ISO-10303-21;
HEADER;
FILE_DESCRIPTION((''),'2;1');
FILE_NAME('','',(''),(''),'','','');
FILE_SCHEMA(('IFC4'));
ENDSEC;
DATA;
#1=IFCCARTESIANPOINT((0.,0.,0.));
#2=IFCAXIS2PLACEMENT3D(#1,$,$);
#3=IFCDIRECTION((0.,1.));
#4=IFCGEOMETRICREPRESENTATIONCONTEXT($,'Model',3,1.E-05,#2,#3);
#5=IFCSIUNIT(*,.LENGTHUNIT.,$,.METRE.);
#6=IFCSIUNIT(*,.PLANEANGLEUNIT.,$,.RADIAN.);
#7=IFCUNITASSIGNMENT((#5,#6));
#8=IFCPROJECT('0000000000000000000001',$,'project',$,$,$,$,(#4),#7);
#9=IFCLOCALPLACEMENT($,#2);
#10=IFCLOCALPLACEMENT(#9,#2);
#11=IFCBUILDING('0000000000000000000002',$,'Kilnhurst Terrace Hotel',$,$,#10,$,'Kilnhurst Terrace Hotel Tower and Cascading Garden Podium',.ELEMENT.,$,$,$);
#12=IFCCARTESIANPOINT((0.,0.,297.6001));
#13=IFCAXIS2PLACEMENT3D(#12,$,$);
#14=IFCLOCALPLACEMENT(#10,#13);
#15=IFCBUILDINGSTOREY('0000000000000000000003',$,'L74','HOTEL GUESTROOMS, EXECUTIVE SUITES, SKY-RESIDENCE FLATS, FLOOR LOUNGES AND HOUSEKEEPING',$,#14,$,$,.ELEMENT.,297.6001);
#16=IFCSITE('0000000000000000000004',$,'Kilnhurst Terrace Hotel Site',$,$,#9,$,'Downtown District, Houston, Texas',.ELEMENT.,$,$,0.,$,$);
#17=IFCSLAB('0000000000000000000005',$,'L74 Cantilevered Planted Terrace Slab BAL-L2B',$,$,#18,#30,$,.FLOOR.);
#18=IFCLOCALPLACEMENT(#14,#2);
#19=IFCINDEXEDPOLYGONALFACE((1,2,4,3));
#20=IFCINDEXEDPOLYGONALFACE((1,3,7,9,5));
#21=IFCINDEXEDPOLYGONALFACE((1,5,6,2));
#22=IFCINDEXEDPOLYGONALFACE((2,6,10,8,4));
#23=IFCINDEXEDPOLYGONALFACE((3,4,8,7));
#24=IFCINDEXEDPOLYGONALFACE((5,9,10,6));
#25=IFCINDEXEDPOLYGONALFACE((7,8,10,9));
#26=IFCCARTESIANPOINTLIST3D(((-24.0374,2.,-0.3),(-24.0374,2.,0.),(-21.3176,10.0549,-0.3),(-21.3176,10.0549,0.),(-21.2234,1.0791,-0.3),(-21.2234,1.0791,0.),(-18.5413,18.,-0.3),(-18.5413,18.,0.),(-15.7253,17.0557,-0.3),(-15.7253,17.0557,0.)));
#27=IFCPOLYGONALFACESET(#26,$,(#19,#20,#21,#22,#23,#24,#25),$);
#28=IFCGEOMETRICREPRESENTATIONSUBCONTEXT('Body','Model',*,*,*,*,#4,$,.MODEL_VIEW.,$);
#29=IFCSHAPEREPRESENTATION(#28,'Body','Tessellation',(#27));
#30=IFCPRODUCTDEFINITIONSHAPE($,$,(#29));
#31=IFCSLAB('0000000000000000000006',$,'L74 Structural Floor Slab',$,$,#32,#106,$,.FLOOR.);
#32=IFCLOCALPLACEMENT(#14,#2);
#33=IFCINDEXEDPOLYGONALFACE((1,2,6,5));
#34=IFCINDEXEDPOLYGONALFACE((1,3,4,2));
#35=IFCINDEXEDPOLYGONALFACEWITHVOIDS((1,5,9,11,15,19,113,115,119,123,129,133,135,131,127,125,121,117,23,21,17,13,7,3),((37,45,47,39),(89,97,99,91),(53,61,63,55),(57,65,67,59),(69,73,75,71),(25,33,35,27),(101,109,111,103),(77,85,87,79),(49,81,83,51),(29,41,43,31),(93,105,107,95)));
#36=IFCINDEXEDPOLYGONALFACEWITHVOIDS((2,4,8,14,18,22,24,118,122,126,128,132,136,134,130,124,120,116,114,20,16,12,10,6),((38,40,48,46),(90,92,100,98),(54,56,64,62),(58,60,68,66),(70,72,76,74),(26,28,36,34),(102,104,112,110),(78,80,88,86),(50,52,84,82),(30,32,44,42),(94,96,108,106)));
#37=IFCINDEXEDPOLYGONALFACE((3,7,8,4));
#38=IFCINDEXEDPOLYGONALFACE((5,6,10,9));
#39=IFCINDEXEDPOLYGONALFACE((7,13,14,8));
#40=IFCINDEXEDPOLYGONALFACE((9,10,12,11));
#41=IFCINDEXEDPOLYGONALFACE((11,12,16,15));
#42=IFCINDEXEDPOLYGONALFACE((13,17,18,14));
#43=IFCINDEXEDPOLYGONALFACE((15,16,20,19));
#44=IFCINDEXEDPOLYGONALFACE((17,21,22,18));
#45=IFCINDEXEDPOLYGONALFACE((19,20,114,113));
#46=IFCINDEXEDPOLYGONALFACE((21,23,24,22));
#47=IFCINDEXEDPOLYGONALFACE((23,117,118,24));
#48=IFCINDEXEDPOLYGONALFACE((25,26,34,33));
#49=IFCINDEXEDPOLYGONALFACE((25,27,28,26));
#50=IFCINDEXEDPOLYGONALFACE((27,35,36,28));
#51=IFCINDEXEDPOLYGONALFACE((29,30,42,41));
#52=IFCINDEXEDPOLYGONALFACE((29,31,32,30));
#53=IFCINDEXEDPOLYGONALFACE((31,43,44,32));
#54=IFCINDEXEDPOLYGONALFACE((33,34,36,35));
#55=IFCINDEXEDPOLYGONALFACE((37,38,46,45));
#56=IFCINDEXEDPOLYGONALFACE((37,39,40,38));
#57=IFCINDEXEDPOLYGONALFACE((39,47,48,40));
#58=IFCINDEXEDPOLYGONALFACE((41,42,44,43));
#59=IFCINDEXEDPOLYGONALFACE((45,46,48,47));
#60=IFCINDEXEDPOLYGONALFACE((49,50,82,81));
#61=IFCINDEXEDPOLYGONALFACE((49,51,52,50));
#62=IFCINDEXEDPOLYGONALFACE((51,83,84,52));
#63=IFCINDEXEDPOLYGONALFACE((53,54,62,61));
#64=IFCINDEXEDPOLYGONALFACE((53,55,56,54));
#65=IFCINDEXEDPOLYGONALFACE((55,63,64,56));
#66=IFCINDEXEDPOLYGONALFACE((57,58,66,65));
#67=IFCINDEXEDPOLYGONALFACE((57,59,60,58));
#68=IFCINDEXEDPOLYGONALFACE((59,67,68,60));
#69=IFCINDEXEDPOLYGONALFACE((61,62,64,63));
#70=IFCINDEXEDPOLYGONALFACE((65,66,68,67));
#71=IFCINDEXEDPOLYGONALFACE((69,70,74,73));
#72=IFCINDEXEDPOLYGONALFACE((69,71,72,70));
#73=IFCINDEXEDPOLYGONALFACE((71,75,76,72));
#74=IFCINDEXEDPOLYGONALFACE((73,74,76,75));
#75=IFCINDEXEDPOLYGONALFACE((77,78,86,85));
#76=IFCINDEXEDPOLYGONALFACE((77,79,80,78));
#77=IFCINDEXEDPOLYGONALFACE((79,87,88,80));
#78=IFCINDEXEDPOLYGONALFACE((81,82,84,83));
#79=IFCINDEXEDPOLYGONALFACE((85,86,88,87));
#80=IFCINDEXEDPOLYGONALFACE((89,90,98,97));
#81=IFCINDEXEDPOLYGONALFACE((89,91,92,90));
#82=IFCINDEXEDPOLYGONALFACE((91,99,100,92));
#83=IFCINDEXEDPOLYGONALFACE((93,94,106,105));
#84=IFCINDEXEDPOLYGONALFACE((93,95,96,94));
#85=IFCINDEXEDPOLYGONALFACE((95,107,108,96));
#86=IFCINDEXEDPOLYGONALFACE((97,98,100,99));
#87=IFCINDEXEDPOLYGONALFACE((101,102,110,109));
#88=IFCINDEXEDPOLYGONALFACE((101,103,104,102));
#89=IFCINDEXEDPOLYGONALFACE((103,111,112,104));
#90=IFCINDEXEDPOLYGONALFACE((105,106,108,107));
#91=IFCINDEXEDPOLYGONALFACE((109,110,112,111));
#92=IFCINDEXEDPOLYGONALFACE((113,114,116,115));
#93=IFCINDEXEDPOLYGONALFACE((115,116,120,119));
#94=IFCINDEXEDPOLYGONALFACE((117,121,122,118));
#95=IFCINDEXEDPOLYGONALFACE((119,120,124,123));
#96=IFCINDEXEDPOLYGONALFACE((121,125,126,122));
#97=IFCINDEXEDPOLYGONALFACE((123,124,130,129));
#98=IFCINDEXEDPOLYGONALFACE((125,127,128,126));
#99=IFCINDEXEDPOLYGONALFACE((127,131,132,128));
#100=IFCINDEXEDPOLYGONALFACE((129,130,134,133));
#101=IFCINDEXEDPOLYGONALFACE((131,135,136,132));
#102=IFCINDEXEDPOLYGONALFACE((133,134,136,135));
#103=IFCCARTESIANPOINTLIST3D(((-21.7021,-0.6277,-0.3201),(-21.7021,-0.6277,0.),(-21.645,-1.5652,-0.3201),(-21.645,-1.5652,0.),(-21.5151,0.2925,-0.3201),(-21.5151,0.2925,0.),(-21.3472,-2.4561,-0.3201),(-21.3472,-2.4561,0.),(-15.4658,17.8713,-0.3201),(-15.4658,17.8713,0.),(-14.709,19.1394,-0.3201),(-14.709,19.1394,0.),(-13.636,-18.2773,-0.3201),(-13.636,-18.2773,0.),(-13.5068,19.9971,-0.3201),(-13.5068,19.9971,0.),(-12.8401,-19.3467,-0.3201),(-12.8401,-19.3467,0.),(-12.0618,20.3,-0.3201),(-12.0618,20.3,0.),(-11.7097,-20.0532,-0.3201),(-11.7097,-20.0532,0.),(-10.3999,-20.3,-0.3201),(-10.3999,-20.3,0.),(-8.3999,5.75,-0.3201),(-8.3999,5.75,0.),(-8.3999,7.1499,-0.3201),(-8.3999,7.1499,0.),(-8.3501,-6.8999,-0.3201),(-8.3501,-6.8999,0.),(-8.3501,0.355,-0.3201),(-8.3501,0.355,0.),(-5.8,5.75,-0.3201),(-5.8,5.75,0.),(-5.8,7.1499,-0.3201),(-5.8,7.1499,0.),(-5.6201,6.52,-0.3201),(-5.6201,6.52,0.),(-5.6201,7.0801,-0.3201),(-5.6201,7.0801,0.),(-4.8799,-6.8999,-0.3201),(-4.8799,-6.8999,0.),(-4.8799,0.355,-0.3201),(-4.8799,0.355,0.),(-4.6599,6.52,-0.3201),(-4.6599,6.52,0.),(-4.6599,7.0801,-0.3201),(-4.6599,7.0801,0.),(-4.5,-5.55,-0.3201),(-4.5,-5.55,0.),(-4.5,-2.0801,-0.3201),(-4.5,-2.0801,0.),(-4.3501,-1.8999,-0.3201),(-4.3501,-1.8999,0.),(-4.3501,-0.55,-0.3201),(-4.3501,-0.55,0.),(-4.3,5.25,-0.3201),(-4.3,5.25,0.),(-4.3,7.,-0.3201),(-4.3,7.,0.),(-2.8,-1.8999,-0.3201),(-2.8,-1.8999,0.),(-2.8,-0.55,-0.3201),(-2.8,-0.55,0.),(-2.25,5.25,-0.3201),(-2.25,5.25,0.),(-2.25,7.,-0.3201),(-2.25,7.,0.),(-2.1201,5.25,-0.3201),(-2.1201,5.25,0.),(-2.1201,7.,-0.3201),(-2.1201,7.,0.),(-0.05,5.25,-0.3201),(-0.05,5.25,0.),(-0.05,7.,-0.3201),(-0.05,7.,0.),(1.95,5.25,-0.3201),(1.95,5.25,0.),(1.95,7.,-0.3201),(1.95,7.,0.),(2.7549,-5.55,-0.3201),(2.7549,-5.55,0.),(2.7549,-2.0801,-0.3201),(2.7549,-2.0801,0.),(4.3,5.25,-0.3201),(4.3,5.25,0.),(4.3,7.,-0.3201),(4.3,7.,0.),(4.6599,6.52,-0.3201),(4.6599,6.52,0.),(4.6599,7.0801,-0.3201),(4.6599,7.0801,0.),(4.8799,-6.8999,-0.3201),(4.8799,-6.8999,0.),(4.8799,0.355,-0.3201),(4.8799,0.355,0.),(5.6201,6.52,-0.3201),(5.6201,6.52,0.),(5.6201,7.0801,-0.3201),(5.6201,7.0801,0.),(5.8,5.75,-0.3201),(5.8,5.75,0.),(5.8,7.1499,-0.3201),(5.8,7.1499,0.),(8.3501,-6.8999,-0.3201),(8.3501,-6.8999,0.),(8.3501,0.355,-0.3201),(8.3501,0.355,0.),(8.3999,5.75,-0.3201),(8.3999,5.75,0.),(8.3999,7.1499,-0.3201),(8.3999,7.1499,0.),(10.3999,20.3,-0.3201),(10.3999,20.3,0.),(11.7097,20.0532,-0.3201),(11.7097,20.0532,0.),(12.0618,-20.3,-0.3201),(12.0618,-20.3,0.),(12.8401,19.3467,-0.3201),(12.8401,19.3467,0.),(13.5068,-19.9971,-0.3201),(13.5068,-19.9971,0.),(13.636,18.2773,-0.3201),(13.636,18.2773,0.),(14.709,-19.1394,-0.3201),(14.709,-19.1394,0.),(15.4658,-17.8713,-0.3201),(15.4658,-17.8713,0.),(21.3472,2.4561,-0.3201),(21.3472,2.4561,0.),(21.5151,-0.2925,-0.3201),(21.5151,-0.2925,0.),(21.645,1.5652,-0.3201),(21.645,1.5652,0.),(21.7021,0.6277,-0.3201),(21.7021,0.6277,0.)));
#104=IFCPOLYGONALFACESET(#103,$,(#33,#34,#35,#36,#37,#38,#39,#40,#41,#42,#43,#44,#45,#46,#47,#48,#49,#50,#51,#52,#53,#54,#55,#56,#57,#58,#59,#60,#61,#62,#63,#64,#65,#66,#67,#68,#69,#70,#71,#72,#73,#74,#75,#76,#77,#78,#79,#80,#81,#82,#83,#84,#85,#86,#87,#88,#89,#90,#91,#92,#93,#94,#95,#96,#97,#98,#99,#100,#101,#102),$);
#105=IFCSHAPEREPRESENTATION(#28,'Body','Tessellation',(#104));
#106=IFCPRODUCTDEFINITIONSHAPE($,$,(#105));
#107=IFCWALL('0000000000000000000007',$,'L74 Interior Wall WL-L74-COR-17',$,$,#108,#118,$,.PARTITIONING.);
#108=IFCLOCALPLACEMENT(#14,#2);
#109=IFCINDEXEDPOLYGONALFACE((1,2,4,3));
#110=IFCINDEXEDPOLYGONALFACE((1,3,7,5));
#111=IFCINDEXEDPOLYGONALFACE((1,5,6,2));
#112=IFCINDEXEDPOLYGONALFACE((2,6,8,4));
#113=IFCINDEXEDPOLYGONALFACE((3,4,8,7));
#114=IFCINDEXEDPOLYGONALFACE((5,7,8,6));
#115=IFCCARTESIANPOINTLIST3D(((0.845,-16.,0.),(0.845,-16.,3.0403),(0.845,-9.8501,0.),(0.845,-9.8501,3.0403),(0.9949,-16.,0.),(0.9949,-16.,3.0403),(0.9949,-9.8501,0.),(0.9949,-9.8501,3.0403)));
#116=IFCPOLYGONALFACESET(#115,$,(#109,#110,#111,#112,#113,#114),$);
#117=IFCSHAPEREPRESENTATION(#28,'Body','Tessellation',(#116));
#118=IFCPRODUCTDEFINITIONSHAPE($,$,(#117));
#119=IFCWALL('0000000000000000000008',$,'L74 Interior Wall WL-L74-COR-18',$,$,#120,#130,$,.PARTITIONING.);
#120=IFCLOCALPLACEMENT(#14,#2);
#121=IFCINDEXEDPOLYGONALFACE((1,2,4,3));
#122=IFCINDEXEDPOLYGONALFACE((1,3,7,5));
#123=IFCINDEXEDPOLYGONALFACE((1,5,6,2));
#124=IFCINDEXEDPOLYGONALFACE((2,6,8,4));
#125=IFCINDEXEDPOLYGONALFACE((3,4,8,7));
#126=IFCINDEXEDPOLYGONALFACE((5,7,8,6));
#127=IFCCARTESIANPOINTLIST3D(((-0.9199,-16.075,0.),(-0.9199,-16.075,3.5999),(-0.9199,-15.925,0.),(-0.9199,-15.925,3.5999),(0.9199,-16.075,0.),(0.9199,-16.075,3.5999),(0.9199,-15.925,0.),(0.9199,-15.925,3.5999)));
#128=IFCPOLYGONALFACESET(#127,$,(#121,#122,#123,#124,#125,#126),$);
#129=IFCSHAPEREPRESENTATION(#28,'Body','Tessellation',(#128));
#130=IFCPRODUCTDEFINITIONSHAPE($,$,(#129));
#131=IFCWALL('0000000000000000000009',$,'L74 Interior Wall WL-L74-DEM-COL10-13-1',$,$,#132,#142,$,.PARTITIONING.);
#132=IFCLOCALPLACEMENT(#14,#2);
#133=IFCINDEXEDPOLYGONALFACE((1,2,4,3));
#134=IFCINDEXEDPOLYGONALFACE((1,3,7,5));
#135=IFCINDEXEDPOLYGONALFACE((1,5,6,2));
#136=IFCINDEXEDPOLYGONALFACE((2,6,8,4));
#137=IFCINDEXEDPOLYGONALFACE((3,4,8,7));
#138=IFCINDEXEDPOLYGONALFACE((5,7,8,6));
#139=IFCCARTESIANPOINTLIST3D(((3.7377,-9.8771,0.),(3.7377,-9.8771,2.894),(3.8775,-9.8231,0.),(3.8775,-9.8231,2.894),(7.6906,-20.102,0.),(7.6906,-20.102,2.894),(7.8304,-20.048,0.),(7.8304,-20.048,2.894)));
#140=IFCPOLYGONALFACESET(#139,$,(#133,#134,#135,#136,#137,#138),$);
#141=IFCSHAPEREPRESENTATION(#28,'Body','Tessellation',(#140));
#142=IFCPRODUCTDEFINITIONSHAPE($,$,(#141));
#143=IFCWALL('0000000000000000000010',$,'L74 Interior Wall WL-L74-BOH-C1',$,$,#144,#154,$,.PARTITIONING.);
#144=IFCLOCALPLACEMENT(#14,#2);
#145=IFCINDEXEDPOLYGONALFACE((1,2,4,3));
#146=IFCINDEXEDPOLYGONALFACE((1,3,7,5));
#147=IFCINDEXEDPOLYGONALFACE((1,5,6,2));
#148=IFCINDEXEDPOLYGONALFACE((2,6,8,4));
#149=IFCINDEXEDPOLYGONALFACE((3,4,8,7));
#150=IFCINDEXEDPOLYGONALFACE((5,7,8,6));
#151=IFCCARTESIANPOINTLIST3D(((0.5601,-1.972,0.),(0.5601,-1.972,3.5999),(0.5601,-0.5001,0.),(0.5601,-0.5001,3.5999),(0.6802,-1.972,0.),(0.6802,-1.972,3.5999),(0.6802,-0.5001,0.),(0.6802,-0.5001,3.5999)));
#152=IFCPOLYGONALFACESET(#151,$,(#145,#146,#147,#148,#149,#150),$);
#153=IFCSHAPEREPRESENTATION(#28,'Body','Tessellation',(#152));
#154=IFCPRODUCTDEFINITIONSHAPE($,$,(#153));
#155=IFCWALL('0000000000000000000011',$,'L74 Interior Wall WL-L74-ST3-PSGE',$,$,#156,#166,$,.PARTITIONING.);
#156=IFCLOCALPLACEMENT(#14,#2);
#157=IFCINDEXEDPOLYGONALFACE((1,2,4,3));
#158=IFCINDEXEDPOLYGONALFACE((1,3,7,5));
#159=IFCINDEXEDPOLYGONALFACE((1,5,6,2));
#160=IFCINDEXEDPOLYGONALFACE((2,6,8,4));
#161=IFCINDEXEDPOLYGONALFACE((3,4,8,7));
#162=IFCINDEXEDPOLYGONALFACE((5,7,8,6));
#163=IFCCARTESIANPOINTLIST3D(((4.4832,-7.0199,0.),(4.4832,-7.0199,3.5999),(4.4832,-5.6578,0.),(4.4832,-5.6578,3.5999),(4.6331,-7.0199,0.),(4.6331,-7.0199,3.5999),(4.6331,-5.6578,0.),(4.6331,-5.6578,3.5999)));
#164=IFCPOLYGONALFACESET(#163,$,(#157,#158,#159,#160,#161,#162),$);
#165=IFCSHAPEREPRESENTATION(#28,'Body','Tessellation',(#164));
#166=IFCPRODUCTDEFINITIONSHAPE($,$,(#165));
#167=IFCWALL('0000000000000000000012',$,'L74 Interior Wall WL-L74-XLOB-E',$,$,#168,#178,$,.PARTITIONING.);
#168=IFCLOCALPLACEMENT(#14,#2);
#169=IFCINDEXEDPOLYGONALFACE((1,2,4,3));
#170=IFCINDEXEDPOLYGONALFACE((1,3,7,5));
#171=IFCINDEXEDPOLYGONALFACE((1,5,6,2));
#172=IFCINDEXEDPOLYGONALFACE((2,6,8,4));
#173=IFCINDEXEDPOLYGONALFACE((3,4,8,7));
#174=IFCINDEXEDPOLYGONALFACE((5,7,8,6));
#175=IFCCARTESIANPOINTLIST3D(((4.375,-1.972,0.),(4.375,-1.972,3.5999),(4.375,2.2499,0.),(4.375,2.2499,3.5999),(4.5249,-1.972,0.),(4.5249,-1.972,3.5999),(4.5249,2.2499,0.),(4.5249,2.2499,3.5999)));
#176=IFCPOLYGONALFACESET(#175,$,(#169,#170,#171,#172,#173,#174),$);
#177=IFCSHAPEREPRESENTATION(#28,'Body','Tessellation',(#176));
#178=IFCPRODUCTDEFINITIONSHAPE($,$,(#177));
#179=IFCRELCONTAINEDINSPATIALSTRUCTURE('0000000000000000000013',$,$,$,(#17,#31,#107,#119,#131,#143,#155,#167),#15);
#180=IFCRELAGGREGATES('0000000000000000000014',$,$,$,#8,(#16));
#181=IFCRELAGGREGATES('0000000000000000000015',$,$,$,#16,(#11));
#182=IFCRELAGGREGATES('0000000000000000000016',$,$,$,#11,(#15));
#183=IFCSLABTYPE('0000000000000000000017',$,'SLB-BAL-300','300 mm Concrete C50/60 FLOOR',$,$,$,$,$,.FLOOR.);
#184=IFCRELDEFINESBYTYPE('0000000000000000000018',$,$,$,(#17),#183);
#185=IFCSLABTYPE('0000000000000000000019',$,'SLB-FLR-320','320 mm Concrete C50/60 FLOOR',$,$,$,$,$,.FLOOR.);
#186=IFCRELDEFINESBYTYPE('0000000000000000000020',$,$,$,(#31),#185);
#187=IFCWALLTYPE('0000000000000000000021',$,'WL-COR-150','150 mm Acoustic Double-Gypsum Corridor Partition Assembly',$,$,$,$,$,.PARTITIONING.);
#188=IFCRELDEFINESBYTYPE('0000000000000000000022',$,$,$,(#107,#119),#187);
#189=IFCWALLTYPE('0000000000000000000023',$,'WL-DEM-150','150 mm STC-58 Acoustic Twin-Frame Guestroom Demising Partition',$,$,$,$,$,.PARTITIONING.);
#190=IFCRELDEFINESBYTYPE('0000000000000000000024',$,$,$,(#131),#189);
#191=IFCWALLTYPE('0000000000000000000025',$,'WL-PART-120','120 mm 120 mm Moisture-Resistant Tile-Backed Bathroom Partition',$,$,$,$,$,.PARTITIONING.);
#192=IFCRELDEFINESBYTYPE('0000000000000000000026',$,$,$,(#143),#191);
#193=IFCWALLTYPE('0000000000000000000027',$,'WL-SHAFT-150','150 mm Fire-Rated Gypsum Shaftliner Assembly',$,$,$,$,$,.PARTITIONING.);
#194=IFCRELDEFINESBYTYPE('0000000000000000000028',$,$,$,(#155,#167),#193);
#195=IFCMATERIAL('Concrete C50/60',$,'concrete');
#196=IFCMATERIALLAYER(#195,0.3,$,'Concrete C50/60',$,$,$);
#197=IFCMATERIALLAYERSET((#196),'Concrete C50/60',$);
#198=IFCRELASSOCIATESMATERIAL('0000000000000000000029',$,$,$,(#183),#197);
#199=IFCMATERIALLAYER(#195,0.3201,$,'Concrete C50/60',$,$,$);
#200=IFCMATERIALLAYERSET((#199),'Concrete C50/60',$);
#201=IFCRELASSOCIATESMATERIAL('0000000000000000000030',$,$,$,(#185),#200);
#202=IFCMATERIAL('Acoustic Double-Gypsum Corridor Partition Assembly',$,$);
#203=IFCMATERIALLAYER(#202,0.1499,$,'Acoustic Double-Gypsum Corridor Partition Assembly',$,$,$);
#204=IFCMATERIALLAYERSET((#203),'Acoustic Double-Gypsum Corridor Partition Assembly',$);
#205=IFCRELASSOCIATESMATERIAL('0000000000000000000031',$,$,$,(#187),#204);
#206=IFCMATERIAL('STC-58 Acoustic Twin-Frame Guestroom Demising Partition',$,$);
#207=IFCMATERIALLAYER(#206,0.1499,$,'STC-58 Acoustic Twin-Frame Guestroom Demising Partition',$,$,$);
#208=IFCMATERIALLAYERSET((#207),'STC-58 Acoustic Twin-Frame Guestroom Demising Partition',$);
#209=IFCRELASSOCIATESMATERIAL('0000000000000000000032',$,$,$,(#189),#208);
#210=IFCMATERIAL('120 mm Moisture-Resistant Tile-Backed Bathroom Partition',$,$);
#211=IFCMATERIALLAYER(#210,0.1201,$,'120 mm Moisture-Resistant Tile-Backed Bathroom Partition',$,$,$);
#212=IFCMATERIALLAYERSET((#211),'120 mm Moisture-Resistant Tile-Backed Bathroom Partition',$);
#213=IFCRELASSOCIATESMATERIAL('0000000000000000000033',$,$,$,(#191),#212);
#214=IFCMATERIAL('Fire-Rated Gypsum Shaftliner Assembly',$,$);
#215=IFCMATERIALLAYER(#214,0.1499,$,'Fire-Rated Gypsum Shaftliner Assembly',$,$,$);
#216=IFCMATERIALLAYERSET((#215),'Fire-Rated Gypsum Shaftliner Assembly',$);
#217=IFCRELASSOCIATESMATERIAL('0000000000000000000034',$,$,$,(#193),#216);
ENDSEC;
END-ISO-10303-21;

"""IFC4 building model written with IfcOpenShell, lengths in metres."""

from ifc_helpers import new_model, si_unit, direction, frame, frame_2d, origin, place, context, subcontext, project, spatial, polyline, rectangle, outline, extrude, material, layer, layer_set, type_object, element, save


model = new_model("IFC4")

# Units and contexts
model_context = context("Model", 3, precision=1e-05, world=origin(), true_north=direction((0.0, 1.0)))
body_context = subcontext(model_context, "Body", "Model", "MODEL_VIEW")
ifc_project = project(units=[si_unit("LENGTHUNIT", "METRE"), si_unit("PLANEANGLEUNIT", "RADIAN")], contexts=[model_context])

# Site, building, storey
site_placement = place(None, origin())
site = spatial("IfcSite", under=ifc_project, at=site_placement, Name="Kilnhurst Terrace Hotel Site", LongName="Downtown District, Houston, Texas", CompositionType="ELEMENT", RefElevation=0.0)
building_placement = place(site_placement, origin())
building = spatial("IfcBuilding", under=site, at=building_placement, Name="Kilnhurst Terrace Hotel", LongName="Kilnhurst Terrace Hotel Tower and Cascading Garden Podium", CompositionType="ELEMENT")
storey_placement = place(building_placement, frame((0.0, 0.0, 297.6001)))
storey = spatial("IfcBuildingStorey", under=building, at=storey_placement, Name="L74", Description="HOTEL GUESTROOMS, EXECUTIVE SUITES, SKY-RESIDENCE FLATS, FLOOR LOUNGES AND HOUSEKEEPING", CompositionType="ELEMENT", Elevation=297.6001)

# Shared definitions
ifc_material_1 = material(Name="Concrete C50/60", Category="concrete")

# Slabs
ifc_layer_1 = layer(ifc_material_1, 0.3, Name="Concrete C50/60")
ifc_layer_set_1 = layer_set([ifc_layer_1], Name="Concrete C50/60")
slab_type_1 = type_object("IfcSlabType", Name="SLB-BAL-300", Description="300 mm Concrete C50/60 FLOOR", PredefinedType="FLOOR", material=ifc_layer_set_1)
slab_1_placement = place(storey_placement, frame((0.0, 0.0, -0.3)))
element("IfcSlab", 1, at=slab_1_placement, inside=storey, type_object=slab_type_1, Name="L74 Cantilevered Planted Terrace Slab BAL-L2B", PredefinedType="FLOOR", context=body_context, shape_type="SweptSolid", body=[
    extrude(outline(polyline([(-18.5413, 18.0), (-15.7253, 17.0557), (-21.2234, 1.0791), (-24.0374, 2.0), (-21.3176, 10.0549), (-18.5413, 18.0)])), origin(), (0.0, 0.0, 1.0), 0.3),
])
ifc_layer_2 = layer(ifc_material_1, 0.3201, Name="Concrete C50/60")
ifc_layer_set_2 = layer_set([ifc_layer_2], Name="Concrete C50/60")
slab_type_2 = type_object("IfcSlabType", Name="SLB-FLR-320", Description="320 mm Concrete C50/60 FLOOR", PredefinedType="FLOOR", material=ifc_layer_set_2)
slab_2_placement = place(storey_placement, frame((0.0, 0.0, -0.3201)))
element("IfcSlab", 2, at=slab_2_placement, inside=storey, type_object=slab_type_2, Name="L74 Structural Floor Slab", PredefinedType="FLOOR", context=body_context, shape_type="SweptSolid", body=[
    extrude(outline(polyline([(-13.636, -18.2773), (-12.8401, -19.3467), (-11.7097, -20.0532), (-10.3999, -20.3), (12.0618, -20.3), (13.5068, -19.9971), (14.709, -19.1394), (15.4658, -17.8713), (21.5151, -0.2925), (21.7021, 0.6277), (21.645, 1.5652), (21.3472, 2.4561), (13.636, 18.2773), (12.8401, 19.3467), (11.7097, 20.0532), (10.3999, 20.3), (-12.0618, 20.3), (-13.5068, 19.9971), (-14.709, 19.1394), (-15.4658, 17.8713), (-21.5151, 0.2925), (-21.7021, -0.6277), (-21.645, -1.5652), (-21.3472, -2.4561), (-13.636, -18.2773)]), holes=[polyline([(-8.3501, 0.355), (-4.8799, 0.355), (-4.8799, -6.8999), (-8.3501, -6.8999), (-8.3501, 0.355)]), polyline([(-2.8, -1.8999), (-4.3501, -1.8999), (-4.3501, -0.55), (-2.8, -0.55), (-2.8, -1.8999)]), polyline([(-2.25, 5.25), (-4.3, 5.25), (-4.3, 7.0), (-2.25, 7.0), (-2.25, 5.25)]), polyline([(-2.1201, 5.25), (-2.1201, 7.0), (-0.05, 7.0), (-0.05, 5.25), (-2.1201, 5.25)]), polyline([(-8.3999, 5.75), (-8.3999, 7.1499), (-5.8, 7.1499), (-5.8, 5.75), (-8.3999, 5.75)]), polyline([(-4.6599, 6.52), (-5.6201, 6.52), (-5.6201, 7.0801), (-4.6599, 7.0801), (-4.6599, 6.52)]), polyline([(2.7549, -5.55), (-4.5, -5.55), (-4.5, -2.0801), (2.7549, -2.0801), (2.7549, -5.55)]), polyline([(8.3501, 0.355), (8.3501, -6.8999), (4.8799, -6.8999), (4.8799, 0.355), (8.3501, 0.355)]), polyline([(4.3, 5.25), (1.95, 5.25), (1.95, 7.0), (4.3, 7.0), (4.3, 5.25)]), polyline([(5.8, 5.75), (5.8, 7.1499), (8.3999, 7.1499), (8.3999, 5.75), (5.8, 5.75)]), polyline([(4.6599, 6.52), (4.6599, 7.0801), (5.6201, 7.0801), (5.6201, 6.52), (4.6599, 6.52)])]), origin(), (0.0, 0.0, 1.0), 0.3201),
])

# Walls
ifc_material_2 = material(Name="Acoustic Double-Gypsum Corridor Partition Assembly")
ifc_layer_3 = layer(ifc_material_2, 0.1499, Name="Acoustic Double-Gypsum Corridor Partition Assembly")
ifc_layer_set_3 = layer_set([ifc_layer_3], Name="Acoustic Double-Gypsum Corridor Partition Assembly")
wall_type_1 = type_object("IfcWallType", Name="WL-COR-150", Description="150 mm Acoustic Double-Gypsum Corridor Partition Assembly", PredefinedType="PARTITIONING", material=ifc_layer_set_3)
wall_1_placement = place(storey_placement, frame((0.9199, -9.8501, 0.0), z_axis=(0.0, 0.0, 1.0), x_axis=(0.0, -1.0, 0.0)))
element("IfcWall", 3, at=wall_1_placement, inside=storey, type_object=wall_type_1, Name="L74 Interior Wall WL-L74-COR-17", PredefinedType="PARTITIONING", context=body_context, shape_type="SweptSolid", body=[
    extrude(rectangle(XDim=6.1499, YDim=0.1499, at=frame_2d((3.075, 0.0))), origin(), (0.0, 0.0, 1.0), 3.0403),
])
wall_2_placement = place(storey_placement, frame((0.9199, -16.0, 0.0), z_axis=(0.0, 0.0, 1.0), x_axis=(-1.0, 0.0, 0.0)))
element("IfcWall", 4, at=wall_2_placement, inside=storey, type_object=wall_type_1, Name="L74 Interior Wall WL-L74-COR-18", PredefinedType="PARTITIONING", context=body_context, shape_type="SweptSolid", body=[
    extrude(rectangle(XDim=1.8398, YDim=0.1499, at=frame_2d((0.9199, 0.0))), origin(), (0.0, 0.0, 1.0), 3.5999),
])
ifc_material_3 = material(Name="STC-58 Acoustic Twin-Frame Guestroom Demising Partition")
ifc_layer_4 = layer(ifc_material_3, 0.1499, Name="STC-58 Acoustic Twin-Frame Guestroom Demising Partition")
ifc_layer_set_4 = layer_set([ifc_layer_4], Name="STC-58 Acoustic Twin-Frame Guestroom Demising Partition")
wall_type_2 = type_object("IfcWallType", Name="WL-DEM-150", Description="150 mm STC-58 Acoustic Twin-Frame Guestroom Demising Partition", PredefinedType="PARTITIONING", material=ifc_layer_set_4)
wall_3_placement = place(storey_placement, frame((3.8076, -9.8501, 0.0), z_axis=(0.0, 0.0, 1.0), x_axis=(0.360587, -0.932725, 0.0)))
element("IfcWall", 5, at=wall_3_placement, inside=storey, type_object=wall_type_2, Name="L74 Interior Wall WL-L74-DEM-COL10-13-1", PredefinedType="PARTITIONING", context=body_context, shape_type="SweptSolid", body=[
    extrude(rectangle(XDim=10.9624, YDim=0.1499, at=frame_2d((5.4812, 0.0))), origin(), (0.0, 0.0, 1.0), 2.894),
])
ifc_material_4 = material(Name="120 mm Moisture-Resistant Tile-Backed Bathroom Partition")
ifc_layer_5 = layer(ifc_material_4, 0.1201, Name="120 mm Moisture-Resistant Tile-Backed Bathroom Partition")
ifc_layer_set_5 = layer_set([ifc_layer_5], Name="120 mm Moisture-Resistant Tile-Backed Bathroom Partition")
wall_type_3 = type_object("IfcWallType", Name="WL-PART-120", Description="120 mm 120 mm Moisture-Resistant Tile-Backed Bathroom Partition", PredefinedType="PARTITIONING", material=ifc_layer_set_5)
wall_4_placement = place(storey_placement, frame((0.6201, -1.9719, 0.0), z_axis=(0.0, 0.0, 1.0), x_axis=(0.0, 1.0, 0.0)))
element("IfcWall", 6, at=wall_4_placement, inside=storey, type_object=wall_type_3, Name="L74 Interior Wall WL-L74-BOH-C1", PredefinedType="PARTITIONING", context=body_context, shape_type="SweptSolid", body=[
    extrude(rectangle(XDim=1.4719, YDim=0.1201, at=frame_2d((0.7358, 0.0))), origin(), (0.0, 0.0, 1.0), 3.5999),
])
ifc_material_5 = material(Name="Fire-Rated Gypsum Shaftliner Assembly")
ifc_layer_6 = layer(ifc_material_5, 0.1499, Name="Fire-Rated Gypsum Shaftliner Assembly")
ifc_layer_set_6 = layer_set([ifc_layer_6], Name="Fire-Rated Gypsum Shaftliner Assembly")
wall_type_4 = type_object("IfcWallType", Name="WL-SHAFT-150", Description="150 mm Fire-Rated Gypsum Shaftliner Assembly", PredefinedType="PARTITIONING", material=ifc_layer_set_6)
wall_5_placement = place(storey_placement, frame((4.5581, -7.02, 0.0), z_axis=(0.0, 0.0, 1.0), x_axis=(0.0, 1.0, 0.0)))
element("IfcWall", 7, at=wall_5_placement, inside=storey, type_object=wall_type_4, Name="L74 Interior Wall WL-L74-ST3-PSGE", PredefinedType="PARTITIONING", context=body_context, shape_type="SweptSolid", body=[
    extrude(rectangle(XDim=1.3621, YDim=0.1499, at=frame_2d((0.6812, 0.0))), origin(), (0.0, 0.0, 1.0), 3.5999),
])
wall_6_placement = place(storey_placement, frame((4.45, -1.9719, 0.0), z_axis=(0.0, 0.0, 1.0), x_axis=(0.0, 1.0, 0.0)))
element("IfcWall", 8, at=wall_6_placement, inside=storey, type_object=wall_type_4, Name="L74 Interior Wall WL-L74-XLOB-E", PredefinedType="PARTITIONING", context=body_context, shape_type="SweptSolid", body=[
    extrude(rectangle(XDim=4.2219, YDim=0.1499, at=frame_2d((2.1108, 0.0))), origin(), (0.0, 0.0, 1.0), 3.5999),
])

save(model, "model.ifc")
